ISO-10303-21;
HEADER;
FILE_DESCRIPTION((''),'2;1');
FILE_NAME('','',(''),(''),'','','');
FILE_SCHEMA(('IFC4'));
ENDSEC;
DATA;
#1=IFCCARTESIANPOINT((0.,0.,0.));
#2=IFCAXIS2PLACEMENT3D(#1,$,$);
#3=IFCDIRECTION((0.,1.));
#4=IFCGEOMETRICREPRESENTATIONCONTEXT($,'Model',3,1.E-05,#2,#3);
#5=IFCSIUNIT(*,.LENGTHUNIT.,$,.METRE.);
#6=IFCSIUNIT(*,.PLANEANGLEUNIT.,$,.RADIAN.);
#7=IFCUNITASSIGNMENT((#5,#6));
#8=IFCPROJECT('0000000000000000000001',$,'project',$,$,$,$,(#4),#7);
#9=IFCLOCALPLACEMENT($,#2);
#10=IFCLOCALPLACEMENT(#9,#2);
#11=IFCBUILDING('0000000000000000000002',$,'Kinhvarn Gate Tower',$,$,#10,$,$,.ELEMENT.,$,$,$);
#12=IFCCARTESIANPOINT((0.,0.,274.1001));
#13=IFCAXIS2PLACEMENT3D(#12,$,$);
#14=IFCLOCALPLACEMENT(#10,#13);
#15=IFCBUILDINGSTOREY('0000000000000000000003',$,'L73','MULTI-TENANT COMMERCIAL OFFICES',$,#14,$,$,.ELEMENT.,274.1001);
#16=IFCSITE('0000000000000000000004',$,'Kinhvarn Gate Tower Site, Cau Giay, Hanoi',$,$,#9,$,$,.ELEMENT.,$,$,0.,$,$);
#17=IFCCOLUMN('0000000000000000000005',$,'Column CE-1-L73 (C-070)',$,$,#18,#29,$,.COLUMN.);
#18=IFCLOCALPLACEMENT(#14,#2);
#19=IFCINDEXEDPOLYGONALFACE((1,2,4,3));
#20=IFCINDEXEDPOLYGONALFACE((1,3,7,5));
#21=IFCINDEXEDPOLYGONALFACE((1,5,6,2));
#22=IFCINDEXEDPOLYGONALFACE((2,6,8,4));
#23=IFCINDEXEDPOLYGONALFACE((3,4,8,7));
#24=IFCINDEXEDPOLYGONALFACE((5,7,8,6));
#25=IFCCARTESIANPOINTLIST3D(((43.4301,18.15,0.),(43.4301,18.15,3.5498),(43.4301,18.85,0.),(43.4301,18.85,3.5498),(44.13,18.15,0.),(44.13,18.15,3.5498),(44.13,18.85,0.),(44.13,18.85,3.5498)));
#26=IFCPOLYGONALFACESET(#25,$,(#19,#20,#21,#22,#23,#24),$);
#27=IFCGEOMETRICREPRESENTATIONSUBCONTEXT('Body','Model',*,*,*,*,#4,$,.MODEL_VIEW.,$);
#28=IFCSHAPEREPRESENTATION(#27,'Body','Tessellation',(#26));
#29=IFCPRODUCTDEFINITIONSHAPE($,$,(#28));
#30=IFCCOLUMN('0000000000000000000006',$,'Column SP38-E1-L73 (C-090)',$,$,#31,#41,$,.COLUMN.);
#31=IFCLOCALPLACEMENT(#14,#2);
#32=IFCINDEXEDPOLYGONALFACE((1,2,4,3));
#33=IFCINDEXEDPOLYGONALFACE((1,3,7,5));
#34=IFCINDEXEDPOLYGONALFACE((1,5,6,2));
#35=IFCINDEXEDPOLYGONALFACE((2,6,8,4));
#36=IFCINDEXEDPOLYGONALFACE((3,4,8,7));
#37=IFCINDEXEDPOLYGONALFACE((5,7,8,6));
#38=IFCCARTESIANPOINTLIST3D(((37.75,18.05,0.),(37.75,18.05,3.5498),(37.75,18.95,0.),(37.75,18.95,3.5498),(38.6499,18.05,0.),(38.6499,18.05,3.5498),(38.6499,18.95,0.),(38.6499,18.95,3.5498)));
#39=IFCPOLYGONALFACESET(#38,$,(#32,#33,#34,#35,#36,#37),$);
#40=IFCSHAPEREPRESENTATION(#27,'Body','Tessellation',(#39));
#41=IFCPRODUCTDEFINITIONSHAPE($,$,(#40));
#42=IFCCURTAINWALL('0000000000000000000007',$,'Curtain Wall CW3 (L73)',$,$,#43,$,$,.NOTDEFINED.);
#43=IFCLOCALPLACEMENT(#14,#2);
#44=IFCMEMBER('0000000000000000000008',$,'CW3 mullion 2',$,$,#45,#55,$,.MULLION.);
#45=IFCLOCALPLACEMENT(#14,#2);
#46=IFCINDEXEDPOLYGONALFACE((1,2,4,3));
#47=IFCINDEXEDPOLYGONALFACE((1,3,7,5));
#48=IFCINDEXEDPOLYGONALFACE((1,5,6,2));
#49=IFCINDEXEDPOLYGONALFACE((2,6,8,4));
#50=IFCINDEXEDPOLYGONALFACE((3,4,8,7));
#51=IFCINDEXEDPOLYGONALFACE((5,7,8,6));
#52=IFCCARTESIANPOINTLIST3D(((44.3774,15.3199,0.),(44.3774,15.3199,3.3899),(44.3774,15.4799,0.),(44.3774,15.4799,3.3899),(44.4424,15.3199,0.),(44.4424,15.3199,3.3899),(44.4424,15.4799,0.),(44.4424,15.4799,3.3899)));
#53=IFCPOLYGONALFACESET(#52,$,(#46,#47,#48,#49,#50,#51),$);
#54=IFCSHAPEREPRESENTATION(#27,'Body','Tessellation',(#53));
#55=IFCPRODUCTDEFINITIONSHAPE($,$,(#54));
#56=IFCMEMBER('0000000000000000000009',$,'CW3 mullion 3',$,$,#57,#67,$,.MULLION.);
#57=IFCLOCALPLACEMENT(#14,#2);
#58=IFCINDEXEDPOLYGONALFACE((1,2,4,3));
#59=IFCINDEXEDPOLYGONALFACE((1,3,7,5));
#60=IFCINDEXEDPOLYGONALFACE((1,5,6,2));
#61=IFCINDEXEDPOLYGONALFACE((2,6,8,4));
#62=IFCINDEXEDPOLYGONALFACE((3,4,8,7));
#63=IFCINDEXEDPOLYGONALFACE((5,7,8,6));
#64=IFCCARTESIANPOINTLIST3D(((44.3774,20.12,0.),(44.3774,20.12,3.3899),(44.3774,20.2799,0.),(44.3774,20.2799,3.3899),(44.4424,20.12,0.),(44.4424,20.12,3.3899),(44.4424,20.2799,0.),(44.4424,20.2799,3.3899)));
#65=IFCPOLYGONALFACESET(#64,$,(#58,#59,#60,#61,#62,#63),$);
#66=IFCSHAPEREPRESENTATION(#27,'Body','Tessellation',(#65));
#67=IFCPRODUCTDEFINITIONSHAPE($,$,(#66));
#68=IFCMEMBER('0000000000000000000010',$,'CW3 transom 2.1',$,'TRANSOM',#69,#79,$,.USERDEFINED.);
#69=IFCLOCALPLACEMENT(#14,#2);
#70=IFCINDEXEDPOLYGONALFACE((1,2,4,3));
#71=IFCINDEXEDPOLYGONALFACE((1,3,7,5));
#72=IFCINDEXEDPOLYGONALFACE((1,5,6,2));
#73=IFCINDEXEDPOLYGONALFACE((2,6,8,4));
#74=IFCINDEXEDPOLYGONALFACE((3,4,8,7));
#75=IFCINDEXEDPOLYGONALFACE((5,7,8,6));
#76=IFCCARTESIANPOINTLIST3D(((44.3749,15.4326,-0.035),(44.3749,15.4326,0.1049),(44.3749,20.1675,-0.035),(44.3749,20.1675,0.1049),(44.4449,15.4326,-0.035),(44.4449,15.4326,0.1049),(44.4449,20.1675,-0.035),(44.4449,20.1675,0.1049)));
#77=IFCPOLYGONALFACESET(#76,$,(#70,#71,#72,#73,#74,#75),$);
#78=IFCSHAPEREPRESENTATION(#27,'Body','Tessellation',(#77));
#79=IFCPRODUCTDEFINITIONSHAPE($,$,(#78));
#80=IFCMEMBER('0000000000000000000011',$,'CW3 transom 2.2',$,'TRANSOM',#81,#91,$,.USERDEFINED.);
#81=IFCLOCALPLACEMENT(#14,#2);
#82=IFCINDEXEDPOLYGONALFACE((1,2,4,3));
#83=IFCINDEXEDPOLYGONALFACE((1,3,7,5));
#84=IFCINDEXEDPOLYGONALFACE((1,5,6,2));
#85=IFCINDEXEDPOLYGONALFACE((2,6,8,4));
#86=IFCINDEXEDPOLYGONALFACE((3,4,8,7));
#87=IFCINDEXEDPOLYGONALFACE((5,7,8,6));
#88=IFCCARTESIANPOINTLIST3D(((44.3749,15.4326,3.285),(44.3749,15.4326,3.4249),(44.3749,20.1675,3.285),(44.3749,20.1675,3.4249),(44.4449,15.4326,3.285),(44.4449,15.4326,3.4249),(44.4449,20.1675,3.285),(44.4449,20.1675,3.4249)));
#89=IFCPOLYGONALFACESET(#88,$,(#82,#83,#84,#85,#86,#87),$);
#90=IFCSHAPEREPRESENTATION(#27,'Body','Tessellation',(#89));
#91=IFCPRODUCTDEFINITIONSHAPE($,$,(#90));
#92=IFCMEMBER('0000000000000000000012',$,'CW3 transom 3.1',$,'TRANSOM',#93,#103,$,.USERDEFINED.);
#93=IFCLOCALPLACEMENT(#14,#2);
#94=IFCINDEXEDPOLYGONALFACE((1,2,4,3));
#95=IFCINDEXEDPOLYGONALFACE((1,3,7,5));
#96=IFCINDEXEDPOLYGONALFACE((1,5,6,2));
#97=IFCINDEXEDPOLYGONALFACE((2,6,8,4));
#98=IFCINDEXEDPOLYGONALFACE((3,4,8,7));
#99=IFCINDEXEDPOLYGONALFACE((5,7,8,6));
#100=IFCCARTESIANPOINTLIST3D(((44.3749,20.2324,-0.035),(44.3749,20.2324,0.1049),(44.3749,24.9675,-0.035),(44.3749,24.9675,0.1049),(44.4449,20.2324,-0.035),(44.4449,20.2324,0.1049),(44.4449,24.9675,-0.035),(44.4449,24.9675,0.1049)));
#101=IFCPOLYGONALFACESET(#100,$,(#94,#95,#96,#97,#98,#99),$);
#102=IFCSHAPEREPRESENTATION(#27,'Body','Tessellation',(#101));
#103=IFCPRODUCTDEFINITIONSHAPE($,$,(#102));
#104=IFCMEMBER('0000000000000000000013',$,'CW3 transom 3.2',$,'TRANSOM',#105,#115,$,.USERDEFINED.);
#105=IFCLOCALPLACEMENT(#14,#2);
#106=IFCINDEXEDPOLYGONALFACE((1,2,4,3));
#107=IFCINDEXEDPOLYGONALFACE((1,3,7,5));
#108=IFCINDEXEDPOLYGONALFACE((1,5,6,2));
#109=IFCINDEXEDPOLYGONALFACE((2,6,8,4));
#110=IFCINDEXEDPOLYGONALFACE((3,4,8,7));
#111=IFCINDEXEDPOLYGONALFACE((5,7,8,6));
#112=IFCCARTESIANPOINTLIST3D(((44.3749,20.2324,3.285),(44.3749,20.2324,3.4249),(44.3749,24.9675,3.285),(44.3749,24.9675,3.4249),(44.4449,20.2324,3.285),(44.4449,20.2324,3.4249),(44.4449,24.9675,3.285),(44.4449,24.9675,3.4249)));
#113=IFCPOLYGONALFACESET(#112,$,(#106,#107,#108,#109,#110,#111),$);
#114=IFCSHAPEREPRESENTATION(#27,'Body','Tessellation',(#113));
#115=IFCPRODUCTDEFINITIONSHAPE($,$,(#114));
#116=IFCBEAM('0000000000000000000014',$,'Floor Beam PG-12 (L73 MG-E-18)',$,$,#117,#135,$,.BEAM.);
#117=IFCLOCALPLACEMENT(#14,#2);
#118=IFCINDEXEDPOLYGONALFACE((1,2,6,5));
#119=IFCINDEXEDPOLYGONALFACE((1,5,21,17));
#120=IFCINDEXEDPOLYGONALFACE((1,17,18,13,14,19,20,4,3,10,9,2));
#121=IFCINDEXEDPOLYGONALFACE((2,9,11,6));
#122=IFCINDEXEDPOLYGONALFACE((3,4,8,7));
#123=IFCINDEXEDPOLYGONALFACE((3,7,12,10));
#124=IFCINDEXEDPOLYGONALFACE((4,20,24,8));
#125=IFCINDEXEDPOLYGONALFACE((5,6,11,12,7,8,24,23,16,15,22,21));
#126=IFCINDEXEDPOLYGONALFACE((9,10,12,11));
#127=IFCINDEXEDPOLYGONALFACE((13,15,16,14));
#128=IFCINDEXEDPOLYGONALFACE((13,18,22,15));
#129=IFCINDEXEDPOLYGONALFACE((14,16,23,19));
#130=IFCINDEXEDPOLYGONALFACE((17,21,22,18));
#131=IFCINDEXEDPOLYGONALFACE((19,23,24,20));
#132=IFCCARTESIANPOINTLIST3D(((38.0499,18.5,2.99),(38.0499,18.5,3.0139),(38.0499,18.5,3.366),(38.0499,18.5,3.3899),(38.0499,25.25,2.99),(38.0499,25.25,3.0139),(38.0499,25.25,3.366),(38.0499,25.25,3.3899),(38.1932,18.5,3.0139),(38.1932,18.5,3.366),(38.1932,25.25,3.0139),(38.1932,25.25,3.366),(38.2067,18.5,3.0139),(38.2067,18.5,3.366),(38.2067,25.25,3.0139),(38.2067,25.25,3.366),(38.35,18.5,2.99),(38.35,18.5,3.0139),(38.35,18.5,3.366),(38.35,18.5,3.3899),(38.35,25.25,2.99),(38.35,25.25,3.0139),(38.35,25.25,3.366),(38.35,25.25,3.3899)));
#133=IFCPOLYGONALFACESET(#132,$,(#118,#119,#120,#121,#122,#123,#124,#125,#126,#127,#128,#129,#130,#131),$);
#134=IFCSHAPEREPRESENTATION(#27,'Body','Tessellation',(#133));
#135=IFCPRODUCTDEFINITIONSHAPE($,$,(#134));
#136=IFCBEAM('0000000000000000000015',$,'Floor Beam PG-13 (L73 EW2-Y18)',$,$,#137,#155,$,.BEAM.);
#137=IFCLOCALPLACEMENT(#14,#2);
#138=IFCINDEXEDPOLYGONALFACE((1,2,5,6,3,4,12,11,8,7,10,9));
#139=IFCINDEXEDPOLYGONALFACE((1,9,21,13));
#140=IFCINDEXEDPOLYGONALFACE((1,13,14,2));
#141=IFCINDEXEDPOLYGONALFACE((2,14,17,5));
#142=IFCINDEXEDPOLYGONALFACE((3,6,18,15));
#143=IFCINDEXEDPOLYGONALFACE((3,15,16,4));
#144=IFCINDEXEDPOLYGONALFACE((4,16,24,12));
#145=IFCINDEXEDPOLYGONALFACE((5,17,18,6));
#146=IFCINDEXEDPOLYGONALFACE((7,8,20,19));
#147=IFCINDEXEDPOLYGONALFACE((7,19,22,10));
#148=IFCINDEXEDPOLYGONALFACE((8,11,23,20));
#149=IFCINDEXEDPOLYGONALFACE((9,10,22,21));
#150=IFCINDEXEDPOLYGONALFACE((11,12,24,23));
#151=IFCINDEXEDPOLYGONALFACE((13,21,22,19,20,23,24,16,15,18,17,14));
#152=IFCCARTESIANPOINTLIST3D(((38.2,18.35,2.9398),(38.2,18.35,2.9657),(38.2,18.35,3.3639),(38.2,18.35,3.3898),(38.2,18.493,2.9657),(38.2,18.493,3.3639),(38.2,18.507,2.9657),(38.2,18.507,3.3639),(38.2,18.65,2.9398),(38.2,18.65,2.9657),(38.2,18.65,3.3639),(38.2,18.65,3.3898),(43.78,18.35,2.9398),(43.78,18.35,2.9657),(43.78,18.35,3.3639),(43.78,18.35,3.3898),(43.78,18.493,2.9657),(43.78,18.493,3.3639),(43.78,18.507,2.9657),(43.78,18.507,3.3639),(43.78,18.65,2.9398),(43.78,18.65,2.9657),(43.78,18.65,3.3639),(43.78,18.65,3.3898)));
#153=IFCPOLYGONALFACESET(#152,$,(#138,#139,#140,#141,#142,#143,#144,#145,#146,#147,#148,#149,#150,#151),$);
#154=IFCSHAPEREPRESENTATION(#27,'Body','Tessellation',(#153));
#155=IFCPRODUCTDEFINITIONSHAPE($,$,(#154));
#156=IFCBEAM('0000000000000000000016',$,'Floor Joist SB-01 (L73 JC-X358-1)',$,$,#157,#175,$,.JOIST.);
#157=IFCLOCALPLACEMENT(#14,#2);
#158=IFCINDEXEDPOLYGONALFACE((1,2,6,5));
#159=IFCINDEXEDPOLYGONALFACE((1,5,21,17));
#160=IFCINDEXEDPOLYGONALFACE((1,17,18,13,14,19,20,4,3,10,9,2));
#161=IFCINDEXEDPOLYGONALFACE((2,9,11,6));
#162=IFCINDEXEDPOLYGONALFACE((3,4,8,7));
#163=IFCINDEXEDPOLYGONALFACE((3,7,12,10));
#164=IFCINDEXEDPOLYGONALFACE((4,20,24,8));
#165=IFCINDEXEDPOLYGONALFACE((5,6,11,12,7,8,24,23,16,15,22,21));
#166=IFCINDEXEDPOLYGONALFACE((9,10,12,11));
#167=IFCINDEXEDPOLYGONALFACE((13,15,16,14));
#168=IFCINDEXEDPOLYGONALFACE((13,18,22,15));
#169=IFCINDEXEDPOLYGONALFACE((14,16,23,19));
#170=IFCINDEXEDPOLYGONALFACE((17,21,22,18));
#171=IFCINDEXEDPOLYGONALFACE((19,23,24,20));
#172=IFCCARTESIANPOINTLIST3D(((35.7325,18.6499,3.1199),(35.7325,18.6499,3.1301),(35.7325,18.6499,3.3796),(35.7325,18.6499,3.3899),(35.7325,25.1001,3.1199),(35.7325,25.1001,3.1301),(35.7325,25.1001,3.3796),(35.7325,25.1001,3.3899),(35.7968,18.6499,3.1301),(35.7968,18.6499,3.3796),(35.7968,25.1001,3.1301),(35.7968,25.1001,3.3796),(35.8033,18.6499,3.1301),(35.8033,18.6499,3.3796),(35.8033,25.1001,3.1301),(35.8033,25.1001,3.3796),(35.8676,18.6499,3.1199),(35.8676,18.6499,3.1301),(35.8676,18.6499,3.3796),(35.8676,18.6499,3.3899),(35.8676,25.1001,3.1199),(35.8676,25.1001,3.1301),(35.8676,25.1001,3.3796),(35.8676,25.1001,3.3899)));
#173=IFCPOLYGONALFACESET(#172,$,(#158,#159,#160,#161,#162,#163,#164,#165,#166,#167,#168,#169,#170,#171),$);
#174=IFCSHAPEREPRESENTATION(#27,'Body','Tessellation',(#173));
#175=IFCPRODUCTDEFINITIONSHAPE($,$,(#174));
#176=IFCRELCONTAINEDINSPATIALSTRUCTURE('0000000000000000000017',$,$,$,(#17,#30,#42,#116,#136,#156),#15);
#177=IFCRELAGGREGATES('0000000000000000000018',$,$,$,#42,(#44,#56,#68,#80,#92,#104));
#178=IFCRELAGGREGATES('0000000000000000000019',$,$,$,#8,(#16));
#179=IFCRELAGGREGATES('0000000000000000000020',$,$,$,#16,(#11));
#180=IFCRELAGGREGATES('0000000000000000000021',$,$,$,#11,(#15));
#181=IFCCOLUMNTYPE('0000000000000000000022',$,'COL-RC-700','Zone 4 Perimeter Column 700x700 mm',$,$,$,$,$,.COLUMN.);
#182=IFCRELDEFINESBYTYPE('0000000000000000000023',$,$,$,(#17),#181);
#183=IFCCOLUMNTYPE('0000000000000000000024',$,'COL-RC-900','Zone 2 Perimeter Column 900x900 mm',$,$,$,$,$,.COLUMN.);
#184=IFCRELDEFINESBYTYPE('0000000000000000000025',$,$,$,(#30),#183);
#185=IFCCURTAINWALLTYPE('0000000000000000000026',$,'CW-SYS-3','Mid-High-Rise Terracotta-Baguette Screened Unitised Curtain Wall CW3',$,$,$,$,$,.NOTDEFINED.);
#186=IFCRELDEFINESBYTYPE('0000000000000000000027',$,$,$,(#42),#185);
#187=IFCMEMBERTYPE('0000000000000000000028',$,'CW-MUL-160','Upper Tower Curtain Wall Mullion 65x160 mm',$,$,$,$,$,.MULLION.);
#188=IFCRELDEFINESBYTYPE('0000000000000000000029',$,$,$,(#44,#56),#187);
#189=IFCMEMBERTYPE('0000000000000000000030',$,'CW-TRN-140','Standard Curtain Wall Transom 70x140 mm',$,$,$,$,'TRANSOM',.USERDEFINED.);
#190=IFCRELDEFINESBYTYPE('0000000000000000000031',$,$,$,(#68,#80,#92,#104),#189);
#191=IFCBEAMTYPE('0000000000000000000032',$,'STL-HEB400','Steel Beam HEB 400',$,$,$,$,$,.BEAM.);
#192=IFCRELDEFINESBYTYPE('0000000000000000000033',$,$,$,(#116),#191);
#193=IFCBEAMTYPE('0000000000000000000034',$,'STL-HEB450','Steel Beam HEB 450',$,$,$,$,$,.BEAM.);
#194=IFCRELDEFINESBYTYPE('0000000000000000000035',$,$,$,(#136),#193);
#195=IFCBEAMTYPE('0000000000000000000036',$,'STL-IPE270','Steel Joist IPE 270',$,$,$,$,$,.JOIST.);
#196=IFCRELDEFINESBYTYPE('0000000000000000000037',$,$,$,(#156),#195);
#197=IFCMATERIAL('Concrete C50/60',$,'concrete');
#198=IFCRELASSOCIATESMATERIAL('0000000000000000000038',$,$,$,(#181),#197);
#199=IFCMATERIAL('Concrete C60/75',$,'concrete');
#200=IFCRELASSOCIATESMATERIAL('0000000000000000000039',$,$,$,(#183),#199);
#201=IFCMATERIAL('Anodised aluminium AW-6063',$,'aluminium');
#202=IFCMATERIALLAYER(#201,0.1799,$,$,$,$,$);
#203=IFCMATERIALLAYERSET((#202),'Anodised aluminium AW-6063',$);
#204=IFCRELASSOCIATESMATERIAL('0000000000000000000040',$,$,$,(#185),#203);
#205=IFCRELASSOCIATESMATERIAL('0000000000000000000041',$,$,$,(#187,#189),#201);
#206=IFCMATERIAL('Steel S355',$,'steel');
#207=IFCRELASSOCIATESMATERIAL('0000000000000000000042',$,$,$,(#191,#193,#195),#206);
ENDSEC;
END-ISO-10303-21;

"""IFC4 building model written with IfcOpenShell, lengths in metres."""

from ifc_helpers import new_model, si_unit, direction, frame, origin, origin_2d, place, context, subcontext, project, spatial, rectangle, i_section, extrude, material, layer, layer_set, material_profile, profile_set, type_object, element, aggregate, save


model = new_model("IFC4")

# Units and contexts
model_context = context("Model", 3, precision=1e-05, world=origin(), true_north=direction((0.0, 1.0)))
body_context = subcontext(model_context, "Body", "Model", "MODEL_VIEW")
ifc_project = project(units=[si_unit("LENGTHUNIT", "METRE"), si_unit("PLANEANGLEUNIT", "RADIAN")], contexts=[model_context])

# Site, building, storey
site_placement = place(None, origin())
site = spatial("IfcSite", under=ifc_project, at=site_placement, Name="Kinhvarn Gate Tower Site, Cau Giay, Hanoi", CompositionType="ELEMENT", RefElevation=0.0)
building_placement = place(site_placement, origin())
building = spatial("IfcBuilding", under=site, at=building_placement, Name="Kinhvarn Gate Tower", CompositionType="ELEMENT")
storey_placement = place(building_placement, frame((0.0, 0.0, 274.1001)))
storey = spatial("IfcBuildingStorey", under=building, at=storey_placement, Name="L73", Description="MULTI-TENANT COMMERCIAL OFFICES", CompositionType="ELEMENT", Elevation=274.1001)

# Columns
ifc_material_1 = material(Name="Concrete C50/60", Category="concrete")
ifc_material_profile_1 = material_profile(ifc_material_1, rectangle(XDim=0.7, YDim=0.7, at=origin_2d()), Name="RC 700x700")
ifc_profile_set_1 = profile_set([ifc_material_profile_1], Name="Concrete C50/60")
column_type_1 = type_object("IfcColumnType", Name="COL-RC-700", Description="Zone 4 Perimeter Column 700x700 mm", PredefinedType="COLUMN", material=ifc_profile_set_1)
column_1_placement = place(storey_placement, frame((43.78, 18.5, 0.0), z_axis=(0.0, 0.0, 1.0), x_axis=(1.0, 0.0, 0.0)))
element("IfcColumn", 1, at=column_1_placement, inside=storey, type_object=column_type_1, Name="Column CE-1-L73 (C-070)", PredefinedType="COLUMN", context=body_context, shape_type="SweptSolid", body=[
    extrude(rectangle(XDim=0.7, YDim=0.7, at=origin_2d()), origin(), (0.0, 0.0, 1.0), 3.5498),
])
ifc_material_2 = material(Name="Concrete C60/75", Category="concrete")
ifc_material_profile_2 = material_profile(ifc_material_2, rectangle(XDim=0.8999, YDim=0.8999, at=origin_2d()), Name="RC 900x900")
ifc_profile_set_2 = profile_set([ifc_material_profile_2], Name="Concrete C60/75")
column_type_2 = type_object("IfcColumnType", Name="COL-RC-900", Description="Zone 2 Perimeter Column 900x900 mm", PredefinedType="COLUMN", material=ifc_profile_set_2)
column_2_placement = place(storey_placement, frame((38.2, 18.5, 0.0), z_axis=(0.0, 0.0, 1.0), x_axis=(1.0, 0.0, 0.0)))
element("IfcColumn", 2, at=column_2_placement, inside=storey, type_object=column_type_2, Name="Column SP38-E1-L73 (C-090)", PredefinedType="COLUMN", context=body_context, shape_type="SweptSolid", body=[
    extrude(rectangle(XDim=0.8999, YDim=0.8999, at=origin_2d()), origin(), (0.0, 0.0, 1.0), 3.5498),
])

# Curtain wall, members
ifc_material_3 = material(Name="Anodised aluminium AW-6063", Category="aluminium")
ifc_layer_1 = layer(ifc_material_3, 0.1799)
ifc_layer_set_1 = layer_set([ifc_layer_1], Name="Anodised aluminium AW-6063")
curtain_wall_type = type_object("IfcCurtainWallType", Name="CW-SYS-3", Description="Mid-High-Rise Terracotta-Baguette Screened Unitised Curtain Wall CW3", PredefinedType="NOTDEFINED", material=ifc_layer_set_1)
curtain_wall_placement = place(storey_placement, origin())
curtain_wall = element("IfcCurtainWall", 3, at=curtain_wall_placement, inside=storey, type_object=curtain_wall_type, Name="Curtain Wall CW3 (L73)", PredefinedType="NOTDEFINED")
ifc_material_profile_3 = material_profile(ifc_material_3, rectangle(XDim=0.0649, YDim=0.1599, at=origin_2d()), Name="ALU 65x160")
ifc_profile_set_3 = profile_set([ifc_material_profile_3], Name="Anodised aluminium AW-6063")
member_type_1 = type_object("IfcMemberType", Name="CW-MUL-160", Description="Upper Tower Curtain Wall Mullion 65x160 mm", PredefinedType="MULLION", material=ifc_profile_set_3)
member_1_placement = place(storey_placement, frame((44.4099, 15.3999, 0.0), z_axis=(0.0, 0.0, 1.0), x_axis=(-1.0, 0.0, 0.0)))
member_1 = element("IfcMember", 4, at=member_1_placement, type_object=member_type_1, Name="CW3 mullion 2", PredefinedType="MULLION", context=body_context, shape_type="SweptSolid", body=[
    extrude(rectangle(XDim=0.0649, YDim=0.1599, at=origin_2d()), origin(), (0.0, 0.0, 1.0), 3.3899),
])
member_2_placement = place(storey_placement, frame((44.4099, 20.2, 0.0), z_axis=(0.0, 0.0, 1.0), x_axis=(-1.0, 0.0, 0.0)))
member_2 = element("IfcMember", 5, at=member_2_placement, type_object=member_type_1, Name="CW3 mullion 3", PredefinedType="MULLION", context=body_context, shape_type="SweptSolid", body=[
    extrude(rectangle(XDim=0.0649, YDim=0.1599, at=origin_2d()), origin(), (0.0, 0.0, 1.0), 3.3899),
])
ifc_material_profile_4 = material_profile(ifc_material_3, rectangle(XDim=0.0701, YDim=0.1399, at=origin_2d()), Name="ALU 70x140")
ifc_profile_set_4 = profile_set([ifc_material_profile_4], Name="Anodised aluminium AW-6063")
member_type_2 = type_object("IfcMemberType", Name="CW-TRN-140", Description="Standard Curtain Wall Transom 70x140 mm", ElementType="TRANSOM", PredefinedType="USERDEFINED", material=ifc_profile_set_4)
member_3_placement = place(storey_placement, frame((44.4099, 15.4326, 0.0349), z_axis=(0.0, 1.0, 0.0), x_axis=(-1.0, 0.0, 0.0)))
member_3 = element("IfcMember", 6, at=member_3_placement, type_object=member_type_2, Name="CW3 transom 2.1", ObjectType="TRANSOM", PredefinedType="USERDEFINED", context=body_context, shape_type="SweptSolid", body=[
    extrude(rectangle(XDim=0.0701, YDim=0.1399, at=origin_2d()), origin(), (0.0, 0.0, 1.0), 4.7349),
])
member_4_placement = place(storey_placement, frame((44.4099, 15.4326, 3.355), z_axis=(0.0, 1.0, 0.0), x_axis=(-1.0, 0.0, 0.0)))
member_4 = element("IfcMember", 7, at=member_4_placement, type_object=member_type_2, Name="CW3 transom 2.2", ObjectType="TRANSOM", PredefinedType="USERDEFINED", context=body_context, shape_type="SweptSolid", body=[
    extrude(rectangle(XDim=0.0701, YDim=0.1399, at=origin_2d()), origin(), (0.0, 0.0, 1.0), 4.7349),
])
member_5_placement = place(storey_placement, frame((44.4099, 20.2324, 0.0349), z_axis=(0.0, 1.0, 0.0), x_axis=(-1.0, 0.0, 0.0)))
member_5 = element("IfcMember", 8, at=member_5_placement, type_object=member_type_2, Name="CW3 transom 3.1", ObjectType="TRANSOM", PredefinedType="USERDEFINED", context=body_context, shape_type="SweptSolid", body=[
    extrude(rectangle(XDim=0.0701, YDim=0.1399, at=origin_2d()), origin(), (0.0, 0.0, 1.0), 4.7351),
])
member_6_placement = place(storey_placement, frame((44.4099, 20.2324, 3.355), z_axis=(0.0, 1.0, 0.0), x_axis=(-1.0, 0.0, 0.0)))
member_6 = element("IfcMember", 9, at=member_6_placement, type_object=member_type_2, Name="CW3 transom 3.2", ObjectType="TRANSOM", PredefinedType="USERDEFINED", context=body_context, shape_type="SweptSolid", body=[
    extrude(rectangle(XDim=0.0701, YDim=0.1399, at=origin_2d()), origin(), (0.0, 0.0, 1.0), 4.7351),
])

# Beams
ifc_material_4 = material(Name="Steel S355", Category="steel")
ifc_material_profile_5 = material_profile(ifc_material_4, i_section(OverallWidth=0.3, OverallDepth=0.3999, WebThickness=0.0134, FlangeThickness=0.0239, at=origin_2d()), Name="HEB 400")
ifc_profile_set_5 = profile_set([ifc_material_profile_5], Name="Steel S355")
beam_type_1 = type_object("IfcBeamType", Name="STL-HEB400", Description="Steel Beam HEB 400", PredefinedType="BEAM", material=ifc_profile_set_5)
beam_1_placement = place(storey_placement, frame((38.2, 18.5, 3.1899), z_axis=(0.0, 1.0, 0.0), x_axis=(-1.0, 0.0, 0.0)))
element("IfcBeam", 10, at=beam_1_placement, inside=storey, type_object=beam_type_1, Name="Floor Beam PG-12 (L73 MG-E-18)", PredefinedType="BEAM", context=body_context, shape_type="SweptSolid", body=[
    extrude(i_section(OverallWidth=0.3, OverallDepth=0.3999, WebThickness=0.0134, FlangeThickness=0.0239, at=origin_2d()), origin(), (0.0, 0.0, 1.0), 6.75),
])
ifc_material_profile_6 = material_profile(ifc_material_4, i_section(OverallWidth=0.3, OverallDepth=0.45, WebThickness=0.0139, FlangeThickness=0.0259, at=origin_2d()), Name="HEB 450")
ifc_profile_set_6 = profile_set([ifc_material_profile_6], Name="Steel S355")
beam_type_2 = type_object("IfcBeamType", Name="STL-HEB450", Description="Steel Beam HEB 450", PredefinedType="BEAM", material=ifc_profile_set_6)
beam_2_placement = place(storey_placement, frame((38.2, 18.5, 3.1648), z_axis=(1.0, 0.0, 0.0), x_axis=(0.0, 1.0, 0.0)))
element("IfcBeam", 11, at=beam_2_placement, inside=storey, type_object=beam_type_2, Name="Floor Beam PG-13 (L73 EW2-Y18)", PredefinedType="BEAM", context=body_context, shape_type="SweptSolid", body=[
    extrude(i_section(OverallWidth=0.3, OverallDepth=0.45, WebThickness=0.0139, FlangeThickness=0.0259, at=origin_2d()), origin(), (0.0, 0.0, 1.0), 5.5801),
])
ifc_material_profile_7 = material_profile(ifc_material_4, i_section(OverallWidth=0.135, OverallDepth=0.27, WebThickness=0.0066, FlangeThickness=0.0103, at=origin_2d()), Name="IPE 270")
ifc_profile_set_7 = profile_set([ifc_material_profile_7], Name="Steel S355")
beam_type_3 = type_object("IfcBeamType", Name="STL-IPE270", Description="Steel Joist IPE 270", PredefinedType="JOIST", material=ifc_profile_set_7)
for number, where, z_axis, x_axis, name in (
    (12, (35.8, 18.6499, 3.2549), (0.0, 1.0, 0.0), (-1.0, 0.0, 0.0), "Floor Joist SB-01 (L73 JC-X358-1)"),
):
    element("IfcBeam", number, at=place(storey_placement, frame(where, z_axis=z_axis, x_axis=x_axis)), inside=storey, type_object=beam_type_3, Name=name, PredefinedType="JOIST", context=body_context, shape_type="SweptSolid", body=[
        extrude(i_section(OverallWidth=0.135, OverallDepth=0.27, WebThickness=0.0066, FlangeThickness=0.0103, at=origin_2d()), origin(), (0.0, 0.0, 1.0), 6.4502),
    ])

aggregate(curtain_wall, [member_1, member_2, member_3, member_4, member_5, member_6])

save(model, "model.ifc")
